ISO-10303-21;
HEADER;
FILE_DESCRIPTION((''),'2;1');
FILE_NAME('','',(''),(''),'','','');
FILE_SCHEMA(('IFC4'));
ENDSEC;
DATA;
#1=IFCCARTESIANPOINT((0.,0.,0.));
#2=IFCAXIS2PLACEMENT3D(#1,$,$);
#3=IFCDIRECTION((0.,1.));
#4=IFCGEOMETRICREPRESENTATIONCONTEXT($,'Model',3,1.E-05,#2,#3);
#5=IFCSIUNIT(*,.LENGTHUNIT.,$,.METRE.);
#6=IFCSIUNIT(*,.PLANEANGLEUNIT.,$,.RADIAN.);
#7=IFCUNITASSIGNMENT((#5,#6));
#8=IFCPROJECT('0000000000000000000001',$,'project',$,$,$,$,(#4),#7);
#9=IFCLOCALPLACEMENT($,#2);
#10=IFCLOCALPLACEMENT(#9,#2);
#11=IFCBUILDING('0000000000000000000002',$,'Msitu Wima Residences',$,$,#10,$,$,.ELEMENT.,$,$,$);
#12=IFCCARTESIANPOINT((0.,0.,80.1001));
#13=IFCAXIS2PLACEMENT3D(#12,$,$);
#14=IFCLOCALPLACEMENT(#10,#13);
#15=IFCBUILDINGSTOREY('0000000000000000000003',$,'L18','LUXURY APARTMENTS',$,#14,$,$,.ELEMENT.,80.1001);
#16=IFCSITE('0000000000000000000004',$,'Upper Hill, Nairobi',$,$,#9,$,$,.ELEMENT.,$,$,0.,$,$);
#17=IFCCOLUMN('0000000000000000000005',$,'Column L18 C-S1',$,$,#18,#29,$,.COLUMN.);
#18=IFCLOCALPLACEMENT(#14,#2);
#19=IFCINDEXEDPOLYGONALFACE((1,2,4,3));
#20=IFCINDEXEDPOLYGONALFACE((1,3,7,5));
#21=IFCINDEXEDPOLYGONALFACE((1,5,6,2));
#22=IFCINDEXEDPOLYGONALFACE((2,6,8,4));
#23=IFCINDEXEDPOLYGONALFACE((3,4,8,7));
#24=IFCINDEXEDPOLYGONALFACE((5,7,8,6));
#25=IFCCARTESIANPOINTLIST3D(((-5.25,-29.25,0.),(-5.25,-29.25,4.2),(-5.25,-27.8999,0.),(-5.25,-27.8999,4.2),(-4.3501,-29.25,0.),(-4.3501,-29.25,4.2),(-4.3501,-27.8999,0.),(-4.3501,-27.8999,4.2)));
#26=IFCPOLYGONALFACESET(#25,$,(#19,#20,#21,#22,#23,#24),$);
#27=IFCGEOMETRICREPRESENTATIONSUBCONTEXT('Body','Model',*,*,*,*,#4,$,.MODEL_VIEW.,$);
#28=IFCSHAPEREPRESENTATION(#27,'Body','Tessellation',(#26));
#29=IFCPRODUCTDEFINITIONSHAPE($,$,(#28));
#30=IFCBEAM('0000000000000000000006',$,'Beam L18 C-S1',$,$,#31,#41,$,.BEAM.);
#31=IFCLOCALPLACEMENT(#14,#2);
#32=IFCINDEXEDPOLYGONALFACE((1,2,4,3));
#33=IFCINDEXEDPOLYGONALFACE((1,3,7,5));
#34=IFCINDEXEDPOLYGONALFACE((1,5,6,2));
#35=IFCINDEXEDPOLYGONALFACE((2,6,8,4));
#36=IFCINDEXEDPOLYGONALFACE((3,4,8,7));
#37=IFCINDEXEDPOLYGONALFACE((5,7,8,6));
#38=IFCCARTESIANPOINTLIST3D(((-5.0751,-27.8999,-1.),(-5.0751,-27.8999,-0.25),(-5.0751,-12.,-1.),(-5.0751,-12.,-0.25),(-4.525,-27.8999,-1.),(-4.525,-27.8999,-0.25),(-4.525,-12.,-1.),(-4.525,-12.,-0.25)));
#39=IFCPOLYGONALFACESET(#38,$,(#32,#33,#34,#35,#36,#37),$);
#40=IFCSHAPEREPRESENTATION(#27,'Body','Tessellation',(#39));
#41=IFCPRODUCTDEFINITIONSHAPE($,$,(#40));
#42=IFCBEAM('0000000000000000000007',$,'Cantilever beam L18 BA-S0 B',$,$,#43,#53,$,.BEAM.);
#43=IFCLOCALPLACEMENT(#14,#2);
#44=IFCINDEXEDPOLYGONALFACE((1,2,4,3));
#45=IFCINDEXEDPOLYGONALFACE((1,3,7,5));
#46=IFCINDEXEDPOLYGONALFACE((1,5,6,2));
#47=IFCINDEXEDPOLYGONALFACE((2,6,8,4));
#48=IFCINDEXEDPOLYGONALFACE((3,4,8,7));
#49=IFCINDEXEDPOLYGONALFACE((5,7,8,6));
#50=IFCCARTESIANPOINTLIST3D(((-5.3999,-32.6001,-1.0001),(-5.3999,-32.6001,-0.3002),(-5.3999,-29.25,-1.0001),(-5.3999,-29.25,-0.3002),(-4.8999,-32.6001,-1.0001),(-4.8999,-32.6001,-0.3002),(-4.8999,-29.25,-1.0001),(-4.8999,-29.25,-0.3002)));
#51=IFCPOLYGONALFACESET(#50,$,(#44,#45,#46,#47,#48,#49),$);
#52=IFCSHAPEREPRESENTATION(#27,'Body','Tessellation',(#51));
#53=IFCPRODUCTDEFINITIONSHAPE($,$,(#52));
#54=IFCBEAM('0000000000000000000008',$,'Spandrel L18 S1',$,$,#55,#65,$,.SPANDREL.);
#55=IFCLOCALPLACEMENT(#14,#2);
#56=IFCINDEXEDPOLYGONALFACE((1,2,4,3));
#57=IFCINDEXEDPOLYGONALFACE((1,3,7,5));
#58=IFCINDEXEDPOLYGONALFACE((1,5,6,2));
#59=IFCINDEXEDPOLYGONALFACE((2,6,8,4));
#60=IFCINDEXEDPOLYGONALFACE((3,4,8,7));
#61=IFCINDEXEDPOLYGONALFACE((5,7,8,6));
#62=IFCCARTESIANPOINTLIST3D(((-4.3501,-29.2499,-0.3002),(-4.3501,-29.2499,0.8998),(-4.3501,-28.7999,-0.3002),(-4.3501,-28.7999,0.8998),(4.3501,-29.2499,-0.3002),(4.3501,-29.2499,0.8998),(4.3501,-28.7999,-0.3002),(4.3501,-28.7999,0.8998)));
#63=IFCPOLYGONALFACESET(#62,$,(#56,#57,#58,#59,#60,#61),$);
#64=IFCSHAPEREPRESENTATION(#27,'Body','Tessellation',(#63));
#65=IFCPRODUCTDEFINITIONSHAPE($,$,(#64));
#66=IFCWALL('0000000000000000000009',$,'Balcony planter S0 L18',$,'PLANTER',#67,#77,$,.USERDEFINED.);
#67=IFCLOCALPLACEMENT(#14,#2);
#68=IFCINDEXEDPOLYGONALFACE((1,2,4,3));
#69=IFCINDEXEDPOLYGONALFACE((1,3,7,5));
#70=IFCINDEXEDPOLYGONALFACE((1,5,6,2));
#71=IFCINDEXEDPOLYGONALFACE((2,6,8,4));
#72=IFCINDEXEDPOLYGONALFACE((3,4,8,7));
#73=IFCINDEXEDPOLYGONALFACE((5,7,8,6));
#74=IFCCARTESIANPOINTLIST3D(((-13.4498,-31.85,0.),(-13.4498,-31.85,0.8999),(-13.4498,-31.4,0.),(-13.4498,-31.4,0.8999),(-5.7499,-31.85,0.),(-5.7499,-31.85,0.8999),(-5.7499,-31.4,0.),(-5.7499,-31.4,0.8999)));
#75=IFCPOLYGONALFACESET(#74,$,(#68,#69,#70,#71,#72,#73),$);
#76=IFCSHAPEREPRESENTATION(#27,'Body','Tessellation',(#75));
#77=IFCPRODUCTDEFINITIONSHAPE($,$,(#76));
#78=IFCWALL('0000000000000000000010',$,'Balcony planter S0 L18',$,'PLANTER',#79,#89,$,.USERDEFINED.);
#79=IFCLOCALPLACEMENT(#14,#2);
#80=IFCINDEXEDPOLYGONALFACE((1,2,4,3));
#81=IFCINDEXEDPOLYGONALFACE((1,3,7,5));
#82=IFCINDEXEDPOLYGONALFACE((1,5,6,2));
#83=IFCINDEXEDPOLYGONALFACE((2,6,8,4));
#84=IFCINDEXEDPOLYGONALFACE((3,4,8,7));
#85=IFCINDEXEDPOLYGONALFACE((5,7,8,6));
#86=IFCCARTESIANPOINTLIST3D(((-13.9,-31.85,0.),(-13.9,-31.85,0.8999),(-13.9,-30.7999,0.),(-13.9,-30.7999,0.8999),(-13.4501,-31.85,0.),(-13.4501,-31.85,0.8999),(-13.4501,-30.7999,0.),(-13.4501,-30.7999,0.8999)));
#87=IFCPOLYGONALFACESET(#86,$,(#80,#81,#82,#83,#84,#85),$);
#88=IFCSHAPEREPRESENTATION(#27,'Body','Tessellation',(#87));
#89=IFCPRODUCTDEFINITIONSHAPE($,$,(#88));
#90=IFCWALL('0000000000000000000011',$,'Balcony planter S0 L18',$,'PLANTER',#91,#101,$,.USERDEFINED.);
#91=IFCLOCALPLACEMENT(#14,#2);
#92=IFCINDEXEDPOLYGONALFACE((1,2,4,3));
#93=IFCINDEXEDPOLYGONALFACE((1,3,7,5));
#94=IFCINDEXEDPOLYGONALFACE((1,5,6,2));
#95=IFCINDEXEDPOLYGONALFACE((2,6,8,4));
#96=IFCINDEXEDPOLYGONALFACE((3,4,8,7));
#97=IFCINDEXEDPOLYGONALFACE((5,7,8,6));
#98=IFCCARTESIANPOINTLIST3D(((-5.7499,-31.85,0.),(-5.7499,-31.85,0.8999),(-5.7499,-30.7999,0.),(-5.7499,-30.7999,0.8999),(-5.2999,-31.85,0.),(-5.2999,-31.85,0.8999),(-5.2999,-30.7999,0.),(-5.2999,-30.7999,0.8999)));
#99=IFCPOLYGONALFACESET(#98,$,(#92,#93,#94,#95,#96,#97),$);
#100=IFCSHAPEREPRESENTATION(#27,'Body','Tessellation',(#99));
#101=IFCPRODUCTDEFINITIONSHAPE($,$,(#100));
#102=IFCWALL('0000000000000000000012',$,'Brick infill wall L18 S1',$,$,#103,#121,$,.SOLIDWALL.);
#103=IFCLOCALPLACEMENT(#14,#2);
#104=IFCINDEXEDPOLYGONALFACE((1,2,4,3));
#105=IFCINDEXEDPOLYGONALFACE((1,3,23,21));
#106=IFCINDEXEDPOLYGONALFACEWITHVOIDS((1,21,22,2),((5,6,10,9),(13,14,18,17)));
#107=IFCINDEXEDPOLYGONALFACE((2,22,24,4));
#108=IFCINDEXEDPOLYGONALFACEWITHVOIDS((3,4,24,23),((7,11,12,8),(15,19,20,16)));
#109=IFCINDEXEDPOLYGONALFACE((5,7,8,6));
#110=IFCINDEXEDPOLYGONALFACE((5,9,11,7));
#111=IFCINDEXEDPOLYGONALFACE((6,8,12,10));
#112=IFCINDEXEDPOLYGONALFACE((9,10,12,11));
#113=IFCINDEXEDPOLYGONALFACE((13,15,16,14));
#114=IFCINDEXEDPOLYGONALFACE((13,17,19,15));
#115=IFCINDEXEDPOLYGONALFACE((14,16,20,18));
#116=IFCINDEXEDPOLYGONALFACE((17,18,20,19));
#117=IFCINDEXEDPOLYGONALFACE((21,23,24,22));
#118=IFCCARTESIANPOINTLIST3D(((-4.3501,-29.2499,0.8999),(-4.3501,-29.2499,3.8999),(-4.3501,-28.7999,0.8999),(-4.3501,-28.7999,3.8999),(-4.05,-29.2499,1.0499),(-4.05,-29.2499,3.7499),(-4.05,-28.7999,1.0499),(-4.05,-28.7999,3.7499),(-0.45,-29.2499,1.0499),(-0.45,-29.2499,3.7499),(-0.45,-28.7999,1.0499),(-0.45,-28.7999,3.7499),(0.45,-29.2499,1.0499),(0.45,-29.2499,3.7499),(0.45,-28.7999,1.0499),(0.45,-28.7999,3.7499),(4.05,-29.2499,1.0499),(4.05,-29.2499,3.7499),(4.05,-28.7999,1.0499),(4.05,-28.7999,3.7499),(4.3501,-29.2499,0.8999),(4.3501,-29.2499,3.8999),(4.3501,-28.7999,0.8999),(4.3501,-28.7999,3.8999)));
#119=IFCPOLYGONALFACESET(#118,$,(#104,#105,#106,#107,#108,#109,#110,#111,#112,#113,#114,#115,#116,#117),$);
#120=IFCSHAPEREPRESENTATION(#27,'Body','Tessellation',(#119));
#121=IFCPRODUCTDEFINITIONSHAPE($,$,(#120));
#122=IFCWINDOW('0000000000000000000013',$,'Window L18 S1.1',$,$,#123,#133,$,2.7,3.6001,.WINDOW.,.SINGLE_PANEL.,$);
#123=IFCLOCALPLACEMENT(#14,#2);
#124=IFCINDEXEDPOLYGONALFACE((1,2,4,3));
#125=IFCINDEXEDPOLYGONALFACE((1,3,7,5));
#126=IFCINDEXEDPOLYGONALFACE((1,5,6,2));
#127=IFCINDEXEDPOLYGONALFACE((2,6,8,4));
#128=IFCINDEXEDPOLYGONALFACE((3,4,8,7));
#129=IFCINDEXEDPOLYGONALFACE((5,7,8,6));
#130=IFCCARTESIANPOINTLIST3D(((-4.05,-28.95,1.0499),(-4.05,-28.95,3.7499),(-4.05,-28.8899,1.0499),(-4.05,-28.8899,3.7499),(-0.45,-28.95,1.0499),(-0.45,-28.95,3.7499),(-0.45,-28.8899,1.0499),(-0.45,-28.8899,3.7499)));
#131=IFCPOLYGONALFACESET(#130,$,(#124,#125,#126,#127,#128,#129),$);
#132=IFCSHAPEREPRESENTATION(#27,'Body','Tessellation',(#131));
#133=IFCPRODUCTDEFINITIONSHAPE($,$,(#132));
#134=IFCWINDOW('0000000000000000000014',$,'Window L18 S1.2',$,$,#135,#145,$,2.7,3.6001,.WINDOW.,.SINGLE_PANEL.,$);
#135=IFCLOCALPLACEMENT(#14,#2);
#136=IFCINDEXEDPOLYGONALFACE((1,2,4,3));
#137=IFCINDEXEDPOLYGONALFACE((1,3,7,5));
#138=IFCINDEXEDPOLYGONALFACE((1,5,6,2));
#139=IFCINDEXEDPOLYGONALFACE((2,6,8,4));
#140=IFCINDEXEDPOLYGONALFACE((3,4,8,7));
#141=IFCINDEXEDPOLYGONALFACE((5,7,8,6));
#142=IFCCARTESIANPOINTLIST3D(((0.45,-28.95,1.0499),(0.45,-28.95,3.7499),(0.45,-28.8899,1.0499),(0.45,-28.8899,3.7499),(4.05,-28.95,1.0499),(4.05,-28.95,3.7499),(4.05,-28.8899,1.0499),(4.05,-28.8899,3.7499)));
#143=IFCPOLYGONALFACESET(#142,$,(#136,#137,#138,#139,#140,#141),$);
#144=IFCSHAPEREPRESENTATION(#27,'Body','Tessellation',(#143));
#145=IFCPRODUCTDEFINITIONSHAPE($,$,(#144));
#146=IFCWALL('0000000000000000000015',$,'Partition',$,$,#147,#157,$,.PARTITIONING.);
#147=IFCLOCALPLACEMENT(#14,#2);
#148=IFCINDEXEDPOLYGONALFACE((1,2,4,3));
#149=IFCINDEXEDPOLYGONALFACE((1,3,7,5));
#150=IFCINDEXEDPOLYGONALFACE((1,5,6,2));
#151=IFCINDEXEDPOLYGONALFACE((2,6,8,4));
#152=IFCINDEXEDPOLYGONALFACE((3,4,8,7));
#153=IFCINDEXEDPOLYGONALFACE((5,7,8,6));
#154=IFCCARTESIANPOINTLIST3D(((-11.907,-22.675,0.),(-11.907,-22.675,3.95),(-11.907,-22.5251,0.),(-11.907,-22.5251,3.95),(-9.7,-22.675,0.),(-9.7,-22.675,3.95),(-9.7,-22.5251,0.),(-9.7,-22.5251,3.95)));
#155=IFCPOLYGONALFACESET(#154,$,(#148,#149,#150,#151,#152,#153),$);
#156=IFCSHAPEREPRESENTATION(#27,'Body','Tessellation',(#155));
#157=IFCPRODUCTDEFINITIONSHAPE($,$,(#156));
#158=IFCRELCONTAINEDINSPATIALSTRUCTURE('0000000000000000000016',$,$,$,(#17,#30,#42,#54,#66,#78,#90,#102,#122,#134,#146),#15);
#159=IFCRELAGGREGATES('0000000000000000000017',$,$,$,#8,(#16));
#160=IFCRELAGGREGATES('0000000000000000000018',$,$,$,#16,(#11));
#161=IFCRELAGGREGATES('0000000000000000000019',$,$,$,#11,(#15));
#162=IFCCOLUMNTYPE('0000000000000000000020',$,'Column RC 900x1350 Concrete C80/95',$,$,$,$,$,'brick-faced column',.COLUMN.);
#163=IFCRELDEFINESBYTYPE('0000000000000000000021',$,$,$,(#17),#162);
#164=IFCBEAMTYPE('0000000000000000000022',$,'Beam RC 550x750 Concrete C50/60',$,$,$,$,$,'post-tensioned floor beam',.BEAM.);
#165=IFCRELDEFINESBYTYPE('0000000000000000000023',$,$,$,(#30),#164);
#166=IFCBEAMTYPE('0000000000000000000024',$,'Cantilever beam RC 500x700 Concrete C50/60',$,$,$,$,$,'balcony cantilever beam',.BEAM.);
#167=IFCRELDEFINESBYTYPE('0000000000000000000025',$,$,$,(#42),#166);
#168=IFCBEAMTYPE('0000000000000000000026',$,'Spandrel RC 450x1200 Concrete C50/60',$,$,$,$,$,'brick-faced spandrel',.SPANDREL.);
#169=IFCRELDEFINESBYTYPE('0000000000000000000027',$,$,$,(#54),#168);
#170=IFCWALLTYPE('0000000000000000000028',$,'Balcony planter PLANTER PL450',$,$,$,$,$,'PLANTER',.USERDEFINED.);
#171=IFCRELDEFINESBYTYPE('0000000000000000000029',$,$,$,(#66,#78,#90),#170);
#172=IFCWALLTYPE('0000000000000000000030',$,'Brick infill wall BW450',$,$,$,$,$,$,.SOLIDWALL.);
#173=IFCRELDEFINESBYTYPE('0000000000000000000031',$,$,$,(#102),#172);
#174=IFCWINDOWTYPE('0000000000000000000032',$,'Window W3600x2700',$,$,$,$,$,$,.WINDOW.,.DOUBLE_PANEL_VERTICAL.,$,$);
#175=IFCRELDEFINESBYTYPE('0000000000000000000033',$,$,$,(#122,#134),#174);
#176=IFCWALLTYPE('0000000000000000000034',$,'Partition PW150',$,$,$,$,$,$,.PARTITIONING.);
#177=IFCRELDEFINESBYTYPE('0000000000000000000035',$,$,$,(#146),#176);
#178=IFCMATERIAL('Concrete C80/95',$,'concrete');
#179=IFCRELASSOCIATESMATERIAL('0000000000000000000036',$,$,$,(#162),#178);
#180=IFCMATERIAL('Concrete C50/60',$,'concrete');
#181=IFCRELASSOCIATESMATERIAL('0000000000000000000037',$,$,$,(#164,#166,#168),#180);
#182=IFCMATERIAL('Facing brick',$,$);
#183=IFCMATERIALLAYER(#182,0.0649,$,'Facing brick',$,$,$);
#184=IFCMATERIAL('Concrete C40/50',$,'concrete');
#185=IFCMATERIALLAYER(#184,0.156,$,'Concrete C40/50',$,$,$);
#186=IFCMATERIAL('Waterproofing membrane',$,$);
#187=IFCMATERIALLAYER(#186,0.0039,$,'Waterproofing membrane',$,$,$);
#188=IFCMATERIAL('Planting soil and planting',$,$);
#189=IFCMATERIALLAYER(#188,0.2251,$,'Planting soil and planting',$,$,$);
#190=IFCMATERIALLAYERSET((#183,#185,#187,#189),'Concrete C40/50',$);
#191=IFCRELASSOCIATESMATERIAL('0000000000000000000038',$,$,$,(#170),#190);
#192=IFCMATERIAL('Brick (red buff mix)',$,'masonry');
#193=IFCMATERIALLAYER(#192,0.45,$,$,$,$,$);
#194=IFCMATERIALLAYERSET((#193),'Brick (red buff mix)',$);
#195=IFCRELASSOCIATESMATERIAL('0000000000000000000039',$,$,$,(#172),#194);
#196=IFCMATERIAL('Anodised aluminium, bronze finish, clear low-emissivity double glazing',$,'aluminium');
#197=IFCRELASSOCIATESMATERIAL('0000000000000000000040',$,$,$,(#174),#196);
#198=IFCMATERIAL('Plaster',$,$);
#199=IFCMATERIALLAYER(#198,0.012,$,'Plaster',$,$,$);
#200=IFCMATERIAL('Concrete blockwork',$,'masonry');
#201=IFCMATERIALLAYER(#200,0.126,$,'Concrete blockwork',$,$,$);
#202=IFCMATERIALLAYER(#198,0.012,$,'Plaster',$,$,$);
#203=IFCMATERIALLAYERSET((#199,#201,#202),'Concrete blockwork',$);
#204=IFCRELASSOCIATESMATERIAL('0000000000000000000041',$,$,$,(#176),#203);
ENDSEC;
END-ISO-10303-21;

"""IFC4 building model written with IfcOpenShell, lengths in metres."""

from ifc_helpers import new_model, si_unit, direction, frame, frame_2d, origin, origin_2d, place, context, subcontext, project, spatial, rectangle, extrude, material, layer, layer_set, material_profile, profile_set, type_object, element, fill, save


model = new_model("IFC4")

# Units and contexts
model_context = context("Model", 3, precision=1e-05, world=origin(), true_north=direction((0.0, 1.0)))
body_context = subcontext(model_context, "Body", "Model", "MODEL_VIEW")
ifc_project = project(units=[si_unit("LENGTHUNIT", "METRE"), si_unit("PLANEANGLEUNIT", "RADIAN")], contexts=[model_context])

# Site, building, storey
site_placement = place(None, origin())
site = spatial("IfcSite", under=ifc_project, at=site_placement, Name="Upper Hill, Nairobi", CompositionType="ELEMENT", RefElevation=0.0)
building_placement = place(site_placement, origin())
building = spatial("IfcBuilding", under=site, at=building_placement, Name="Msitu Wima Residences", CompositionType="ELEMENT")
storey_placement = place(building_placement, frame((0.0, 0.0, 80.1001)))
storey = spatial("IfcBuildingStorey", under=building, at=storey_placement, Name="L18", Description="LUXURY APARTMENTS", CompositionType="ELEMENT", Elevation=80.1001)

# Column
ifc_material_1 = material(Name="Concrete C80/95", Category="concrete")
ifc_material_profile_1 = material_profile(ifc_material_1, rectangle(XDim=0.8999, YDim=1.3501, at=origin_2d()), Name="RC 900x1350")
ifc_profile_set_1 = profile_set([ifc_material_profile_1], Name="Concrete C80/95")
column_type = type_object("IfcColumnType", Name="Column RC 900x1350 Concrete C80/95", ElementType="brick-faced column", PredefinedType="COLUMN", material=ifc_profile_set_1)
column_placement = place(storey_placement, frame((-4.8, -28.575, 0.0), z_axis=(0.0, 0.0, 1.0), x_axis=(1.0, 0.0, 0.0)))
element("IfcColumn", 1, at=column_placement, inside=storey, type_object=column_type, Name="Column L18 C-S1", PredefinedType="COLUMN", context=body_context, shape_type="SweptSolid", body=[
    extrude(rectangle(XDim=0.8999, YDim=1.3501, at=origin_2d()), origin(), (0.0, 0.0, 1.0), 4.2),
])

# Beams
ifc_material_2 = material(Name="Concrete C50/60", Category="concrete")
ifc_material_profile_2 = material_profile(ifc_material_2, rectangle(XDim=0.55, YDim=0.75, at=origin_2d()), Name="RC 550x750")
ifc_profile_set_2 = profile_set([ifc_material_profile_2], Name="Concrete C50/60")
beam_type_1 = type_object("IfcBeamType", Name="Beam RC 550x750 Concrete C50/60", ElementType="post-tensioned floor beam", PredefinedType="BEAM", material=ifc_profile_set_2)
beam_1_placement = place(storey_placement, frame((-4.8, -27.8999, -0.625), z_axis=(0.0, 1.0, 0.0), x_axis=(-1.0, 0.0, 0.0)))
element("IfcBeam", 2, at=beam_1_placement, inside=storey, type_object=beam_type_1, Name="Beam L18 C-S1", PredefinedType="BEAM", context=body_context, shape_type="SweptSolid", body=[
    extrude(rectangle(XDim=0.55, YDim=0.75, at=origin_2d()), origin(), (0.0, 0.0, 1.0), 15.8999),
])
ifc_material_profile_3 = material_profile(ifc_material_2, rectangle(XDim=0.5, YDim=0.7, at=origin_2d()), Name="RC 500x700")
ifc_profile_set_3 = profile_set([ifc_material_profile_3], Name="Concrete C50/60")
beam_type_2 = type_object("IfcBeamType", Name="Cantilever beam RC 500x700 Concrete C50/60", ElementType="balcony cantilever beam", PredefinedType="BEAM", material=ifc_profile_set_3)
beam_2_placement = place(storey_placement, frame((-5.1499, -29.25, -0.6501), z_axis=(0.0, -1.0, 0.0), x_axis=(1.0, 0.0, 0.0)))
element("IfcBeam", 3, at=beam_2_placement, inside=storey, type_object=beam_type_2, Name="Cantilever beam L18 BA-S0 B", PredefinedType="BEAM", context=body_context, shape_type="SweptSolid", body=[
    extrude(rectangle(XDim=0.5, YDim=0.7, at=origin_2d()), origin(), (0.0, 0.0, 1.0), 3.3501),
])
ifc_material_profile_4 = material_profile(ifc_material_2, rectangle(XDim=0.45, YDim=1.2, at=origin_2d()), Name="RC 450x1200")
ifc_profile_set_4 = profile_set([ifc_material_profile_4], Name="Concrete C50/60")
beam_type_3 = type_object("IfcBeamType", Name="Spandrel RC 450x1200 Concrete C50/60", ElementType="brick-faced spandrel", PredefinedType="SPANDREL", material=ifc_profile_set_4)
beam_3_placement = place(storey_placement, frame((-4.3501, -29.0249, 0.2998), z_axis=(1.0, 0.0, 0.0), x_axis=(0.0, 1.0, 0.0)))
element("IfcBeam", 4, at=beam_3_placement, inside=storey, type_object=beam_type_3, Name="Spandrel L18 S1", PredefinedType="SPANDREL", context=body_context, shape_type="SweptSolid", body=[
    extrude(rectangle(XDim=0.45, YDim=1.2, at=origin_2d()), origin(), (0.0, 0.0, 1.0), 8.7002),
])

# Walls
ifc_material_3 = material(Name="Facing brick")
ifc_layer_1 = layer(ifc_material_3, 0.0649, Name="Facing brick")
ifc_material_4 = material(Name="Concrete C40/50", Category="concrete")
ifc_layer_2 = layer(ifc_material_4, 0.156, Name="Concrete C40/50")
ifc_material_5 = material(Name="Waterproofing membrane")
ifc_layer_3 = layer(ifc_material_5, 0.0039, Name="Waterproofing membrane")
ifc_material_6 = material(Name="Planting soil and planting")
ifc_layer_4 = layer(ifc_material_6, 0.2251, Name="Planting soil and planting")
ifc_layer_set_1 = layer_set([ifc_layer_1, ifc_layer_2, ifc_layer_3, ifc_layer_4], Name="Concrete C40/50")
wall_type_1 = type_object("IfcWallType", Name="Balcony planter PLANTER PL450", ElementType="PLANTER", PredefinedType="USERDEFINED", material=ifc_layer_set_1)
wall_1_placement = place(storey_placement, frame((-13.45, -31.625, 0.0), z_axis=(0.0, 0.0, 1.0), x_axis=(1.0, 0.0, 0.0)))
element("IfcWall", 5, at=wall_1_placement, inside=storey, type_object=wall_type_1, Name="Balcony planter S0 L18", ObjectType="PLANTER", PredefinedType="USERDEFINED", context=body_context, shape_type="SweptSolid", body=[
    extrude(rectangle(XDim=7.7, YDim=0.45, at=frame_2d((3.8501, 0.0))), origin(), (0.0, 0.0, 1.0), 0.8999),
])
for number, where, z_axis, x_axis, name in (
    (6, (-13.675, -30.8, 0.0), (0.0, 0.0, 1.0), (0.0, -1.0, 0.0), "Balcony planter S0 L18"),
    (7, (-5.5249, -30.8, 0.0), (0.0, 0.0, 1.0), (0.0, -1.0, 0.0), "Balcony planter S0 L18"),
):
    element("IfcWall", number, at=place(storey_placement, frame(where, z_axis=z_axis, x_axis=x_axis)), inside=storey, type_object=wall_type_1, Name=name, ObjectType="PLANTER", PredefinedType="USERDEFINED", context=body_context, shape_type="SweptSolid", body=[
        extrude(rectangle(XDim=1.05, YDim=0.45, at=frame_2d((0.5249, 0.0))), origin(), (0.0, 0.0, 1.0), 0.8999),
    ])

# Wall, openings, windows
ifc_material_7 = material(Name="Brick (red buff mix)", Category="masonry")
ifc_layer_5 = layer(ifc_material_7, 0.45)
ifc_layer_set_2 = layer_set([ifc_layer_5], Name="Brick (red buff mix)")
wall_type_2 = type_object("IfcWallType", Name="Brick infill wall BW450", PredefinedType="SOLIDWALL", material=ifc_layer_set_2)
wall_2_placement = place(storey_placement, frame((-4.3501, -29.0249, 0.8999), z_axis=(0.0, 0.0, 1.0), x_axis=(1.0, 0.0, 0.0)))
wall_2 = element("IfcWall", 8, at=wall_2_placement, inside=storey, type_object=wall_type_2, Name="Brick infill wall L18 S1", PredefinedType="SOLIDWALL", context=body_context, shape_type="SweptSolid", body=[
    extrude(rectangle(XDim=8.7002, YDim=0.45, at=frame_2d((4.3501, 0.0))), origin(), (0.0, 0.0, 1.0), 3.0),
])
opening_1_placement = place(wall_2_placement, frame((0.3, 0.0, 0.1499)))
opening_1 = element("IfcOpeningElement", 9, at=opening_1_placement, cuts=wall_2, PredefinedType="OPENING", context=body_context, shape_type="SweptSolid", body=[
    extrude(rectangle(XDim=3.6001, YDim=2.7, at=frame_2d((1.8, 1.3501))), frame((0.0, 0.2349, 0.0), z_axis=(0.0, -1.0, 0.0), x_axis=(1.0, 0.0, 0.0)), (0.0, 0.0, 1.0), 0.47),
])
opening_2_placement = place(wall_2_placement, frame((4.8, 0.0, 0.1499)))
opening_2 = element("IfcOpeningElement", 10, at=opening_2_placement, cuts=wall_2, PredefinedType="OPENING", context=body_context, shape_type="SweptSolid", body=[
    extrude(rectangle(XDim=3.6001, YDim=2.7, at=frame_2d((1.8, 1.3501))), frame((0.0, 0.2349, 0.0), z_axis=(0.0, -1.0, 0.0), x_axis=(1.0, 0.0, 0.0)), (0.0, 0.0, 1.0), 0.47),
])
ifc_material_8 = material(Name="Anodised aluminium, bronze finish, clear low-emissivity double glazing", Category="aluminium")
window_type = type_object("IfcWindowType", Name="Window W3600x2700", PartitioningType="DOUBLE_PANEL_VERTICAL", PredefinedType="WINDOW", material=ifc_material_8)
window_1_placement = place(opening_1_placement, origin())
window_1 = element("IfcWindow", 11, at=window_1_placement, inside=storey, type_object=window_type, Name="Window L18 S1.1", OverallHeight=2.7, OverallWidth=3.6001, PartitioningType="SINGLE_PANEL", PredefinedType="WINDOW", context=body_context, shape_type="SweptSolid", body=[
    extrude(rectangle(XDim=3.6001, YDim=2.7, at=frame_2d((1.8, 1.3501))), frame((0.0, 0.135, 0.0), z_axis=(0.0, -1.0, 0.0), x_axis=(1.0, 0.0, 0.0)), (0.0, 0.0, 1.0), 0.0601),
])
fill(opening_1, window_1)
window_2_placement = place(opening_2_placement, origin())
window_2 = element("IfcWindow", 12, at=window_2_placement, inside=storey, type_object=window_type, Name="Window L18 S1.2", OverallHeight=2.7, OverallWidth=3.6001, PartitioningType="SINGLE_PANEL", PredefinedType="WINDOW", context=body_context, shape_type="SweptSolid", body=[
    extrude(rectangle(XDim=3.6001, YDim=2.7, at=frame_2d((1.8, 1.3501))), frame((0.0, 0.135, 0.0), z_axis=(0.0, -1.0, 0.0), x_axis=(1.0, 0.0, 0.0)), (0.0, 0.0, 1.0), 0.0601),
])
fill(opening_2, window_2)

# Wall
ifc_material_9 = material(Name="Plaster")
ifc_layer_6 = layer(ifc_material_9, 0.012, Name="Plaster")
ifc_material_10 = material(Name="Concrete blockwork", Category="masonry")
ifc_layer_7 = layer(ifc_material_10, 0.126, Name="Concrete blockwork")
ifc_layer_8 = layer(ifc_material_9, 0.012, Name="Plaster")
ifc_layer_set_3 = layer_set([ifc_layer_6, ifc_layer_7, ifc_layer_8], Name="Concrete blockwork")
wall_type_3 = type_object("IfcWallType", Name="Partition PW150", PredefinedType="PARTITIONING", material=ifc_layer_set_3)
wall_3_placement = place(storey_placement, frame((-11.907, -22.6001, 0.0), z_axis=(0.0, 0.0, 1.0), x_axis=(1.0, 0.0, 0.0)))
element("IfcWall", 13, at=wall_3_placement, inside=storey, type_object=wall_type_3, Name="Partition", PredefinedType="PARTITIONING", context=body_context, shape_type="SweptSolid", body=[
    extrude(rectangle(XDim=2.207, YDim=0.1499, at=frame_2d((1.1035, 0.0))), origin(), (0.0, 0.0, 1.0), 3.95),
])

save(model, "model.ifc")
